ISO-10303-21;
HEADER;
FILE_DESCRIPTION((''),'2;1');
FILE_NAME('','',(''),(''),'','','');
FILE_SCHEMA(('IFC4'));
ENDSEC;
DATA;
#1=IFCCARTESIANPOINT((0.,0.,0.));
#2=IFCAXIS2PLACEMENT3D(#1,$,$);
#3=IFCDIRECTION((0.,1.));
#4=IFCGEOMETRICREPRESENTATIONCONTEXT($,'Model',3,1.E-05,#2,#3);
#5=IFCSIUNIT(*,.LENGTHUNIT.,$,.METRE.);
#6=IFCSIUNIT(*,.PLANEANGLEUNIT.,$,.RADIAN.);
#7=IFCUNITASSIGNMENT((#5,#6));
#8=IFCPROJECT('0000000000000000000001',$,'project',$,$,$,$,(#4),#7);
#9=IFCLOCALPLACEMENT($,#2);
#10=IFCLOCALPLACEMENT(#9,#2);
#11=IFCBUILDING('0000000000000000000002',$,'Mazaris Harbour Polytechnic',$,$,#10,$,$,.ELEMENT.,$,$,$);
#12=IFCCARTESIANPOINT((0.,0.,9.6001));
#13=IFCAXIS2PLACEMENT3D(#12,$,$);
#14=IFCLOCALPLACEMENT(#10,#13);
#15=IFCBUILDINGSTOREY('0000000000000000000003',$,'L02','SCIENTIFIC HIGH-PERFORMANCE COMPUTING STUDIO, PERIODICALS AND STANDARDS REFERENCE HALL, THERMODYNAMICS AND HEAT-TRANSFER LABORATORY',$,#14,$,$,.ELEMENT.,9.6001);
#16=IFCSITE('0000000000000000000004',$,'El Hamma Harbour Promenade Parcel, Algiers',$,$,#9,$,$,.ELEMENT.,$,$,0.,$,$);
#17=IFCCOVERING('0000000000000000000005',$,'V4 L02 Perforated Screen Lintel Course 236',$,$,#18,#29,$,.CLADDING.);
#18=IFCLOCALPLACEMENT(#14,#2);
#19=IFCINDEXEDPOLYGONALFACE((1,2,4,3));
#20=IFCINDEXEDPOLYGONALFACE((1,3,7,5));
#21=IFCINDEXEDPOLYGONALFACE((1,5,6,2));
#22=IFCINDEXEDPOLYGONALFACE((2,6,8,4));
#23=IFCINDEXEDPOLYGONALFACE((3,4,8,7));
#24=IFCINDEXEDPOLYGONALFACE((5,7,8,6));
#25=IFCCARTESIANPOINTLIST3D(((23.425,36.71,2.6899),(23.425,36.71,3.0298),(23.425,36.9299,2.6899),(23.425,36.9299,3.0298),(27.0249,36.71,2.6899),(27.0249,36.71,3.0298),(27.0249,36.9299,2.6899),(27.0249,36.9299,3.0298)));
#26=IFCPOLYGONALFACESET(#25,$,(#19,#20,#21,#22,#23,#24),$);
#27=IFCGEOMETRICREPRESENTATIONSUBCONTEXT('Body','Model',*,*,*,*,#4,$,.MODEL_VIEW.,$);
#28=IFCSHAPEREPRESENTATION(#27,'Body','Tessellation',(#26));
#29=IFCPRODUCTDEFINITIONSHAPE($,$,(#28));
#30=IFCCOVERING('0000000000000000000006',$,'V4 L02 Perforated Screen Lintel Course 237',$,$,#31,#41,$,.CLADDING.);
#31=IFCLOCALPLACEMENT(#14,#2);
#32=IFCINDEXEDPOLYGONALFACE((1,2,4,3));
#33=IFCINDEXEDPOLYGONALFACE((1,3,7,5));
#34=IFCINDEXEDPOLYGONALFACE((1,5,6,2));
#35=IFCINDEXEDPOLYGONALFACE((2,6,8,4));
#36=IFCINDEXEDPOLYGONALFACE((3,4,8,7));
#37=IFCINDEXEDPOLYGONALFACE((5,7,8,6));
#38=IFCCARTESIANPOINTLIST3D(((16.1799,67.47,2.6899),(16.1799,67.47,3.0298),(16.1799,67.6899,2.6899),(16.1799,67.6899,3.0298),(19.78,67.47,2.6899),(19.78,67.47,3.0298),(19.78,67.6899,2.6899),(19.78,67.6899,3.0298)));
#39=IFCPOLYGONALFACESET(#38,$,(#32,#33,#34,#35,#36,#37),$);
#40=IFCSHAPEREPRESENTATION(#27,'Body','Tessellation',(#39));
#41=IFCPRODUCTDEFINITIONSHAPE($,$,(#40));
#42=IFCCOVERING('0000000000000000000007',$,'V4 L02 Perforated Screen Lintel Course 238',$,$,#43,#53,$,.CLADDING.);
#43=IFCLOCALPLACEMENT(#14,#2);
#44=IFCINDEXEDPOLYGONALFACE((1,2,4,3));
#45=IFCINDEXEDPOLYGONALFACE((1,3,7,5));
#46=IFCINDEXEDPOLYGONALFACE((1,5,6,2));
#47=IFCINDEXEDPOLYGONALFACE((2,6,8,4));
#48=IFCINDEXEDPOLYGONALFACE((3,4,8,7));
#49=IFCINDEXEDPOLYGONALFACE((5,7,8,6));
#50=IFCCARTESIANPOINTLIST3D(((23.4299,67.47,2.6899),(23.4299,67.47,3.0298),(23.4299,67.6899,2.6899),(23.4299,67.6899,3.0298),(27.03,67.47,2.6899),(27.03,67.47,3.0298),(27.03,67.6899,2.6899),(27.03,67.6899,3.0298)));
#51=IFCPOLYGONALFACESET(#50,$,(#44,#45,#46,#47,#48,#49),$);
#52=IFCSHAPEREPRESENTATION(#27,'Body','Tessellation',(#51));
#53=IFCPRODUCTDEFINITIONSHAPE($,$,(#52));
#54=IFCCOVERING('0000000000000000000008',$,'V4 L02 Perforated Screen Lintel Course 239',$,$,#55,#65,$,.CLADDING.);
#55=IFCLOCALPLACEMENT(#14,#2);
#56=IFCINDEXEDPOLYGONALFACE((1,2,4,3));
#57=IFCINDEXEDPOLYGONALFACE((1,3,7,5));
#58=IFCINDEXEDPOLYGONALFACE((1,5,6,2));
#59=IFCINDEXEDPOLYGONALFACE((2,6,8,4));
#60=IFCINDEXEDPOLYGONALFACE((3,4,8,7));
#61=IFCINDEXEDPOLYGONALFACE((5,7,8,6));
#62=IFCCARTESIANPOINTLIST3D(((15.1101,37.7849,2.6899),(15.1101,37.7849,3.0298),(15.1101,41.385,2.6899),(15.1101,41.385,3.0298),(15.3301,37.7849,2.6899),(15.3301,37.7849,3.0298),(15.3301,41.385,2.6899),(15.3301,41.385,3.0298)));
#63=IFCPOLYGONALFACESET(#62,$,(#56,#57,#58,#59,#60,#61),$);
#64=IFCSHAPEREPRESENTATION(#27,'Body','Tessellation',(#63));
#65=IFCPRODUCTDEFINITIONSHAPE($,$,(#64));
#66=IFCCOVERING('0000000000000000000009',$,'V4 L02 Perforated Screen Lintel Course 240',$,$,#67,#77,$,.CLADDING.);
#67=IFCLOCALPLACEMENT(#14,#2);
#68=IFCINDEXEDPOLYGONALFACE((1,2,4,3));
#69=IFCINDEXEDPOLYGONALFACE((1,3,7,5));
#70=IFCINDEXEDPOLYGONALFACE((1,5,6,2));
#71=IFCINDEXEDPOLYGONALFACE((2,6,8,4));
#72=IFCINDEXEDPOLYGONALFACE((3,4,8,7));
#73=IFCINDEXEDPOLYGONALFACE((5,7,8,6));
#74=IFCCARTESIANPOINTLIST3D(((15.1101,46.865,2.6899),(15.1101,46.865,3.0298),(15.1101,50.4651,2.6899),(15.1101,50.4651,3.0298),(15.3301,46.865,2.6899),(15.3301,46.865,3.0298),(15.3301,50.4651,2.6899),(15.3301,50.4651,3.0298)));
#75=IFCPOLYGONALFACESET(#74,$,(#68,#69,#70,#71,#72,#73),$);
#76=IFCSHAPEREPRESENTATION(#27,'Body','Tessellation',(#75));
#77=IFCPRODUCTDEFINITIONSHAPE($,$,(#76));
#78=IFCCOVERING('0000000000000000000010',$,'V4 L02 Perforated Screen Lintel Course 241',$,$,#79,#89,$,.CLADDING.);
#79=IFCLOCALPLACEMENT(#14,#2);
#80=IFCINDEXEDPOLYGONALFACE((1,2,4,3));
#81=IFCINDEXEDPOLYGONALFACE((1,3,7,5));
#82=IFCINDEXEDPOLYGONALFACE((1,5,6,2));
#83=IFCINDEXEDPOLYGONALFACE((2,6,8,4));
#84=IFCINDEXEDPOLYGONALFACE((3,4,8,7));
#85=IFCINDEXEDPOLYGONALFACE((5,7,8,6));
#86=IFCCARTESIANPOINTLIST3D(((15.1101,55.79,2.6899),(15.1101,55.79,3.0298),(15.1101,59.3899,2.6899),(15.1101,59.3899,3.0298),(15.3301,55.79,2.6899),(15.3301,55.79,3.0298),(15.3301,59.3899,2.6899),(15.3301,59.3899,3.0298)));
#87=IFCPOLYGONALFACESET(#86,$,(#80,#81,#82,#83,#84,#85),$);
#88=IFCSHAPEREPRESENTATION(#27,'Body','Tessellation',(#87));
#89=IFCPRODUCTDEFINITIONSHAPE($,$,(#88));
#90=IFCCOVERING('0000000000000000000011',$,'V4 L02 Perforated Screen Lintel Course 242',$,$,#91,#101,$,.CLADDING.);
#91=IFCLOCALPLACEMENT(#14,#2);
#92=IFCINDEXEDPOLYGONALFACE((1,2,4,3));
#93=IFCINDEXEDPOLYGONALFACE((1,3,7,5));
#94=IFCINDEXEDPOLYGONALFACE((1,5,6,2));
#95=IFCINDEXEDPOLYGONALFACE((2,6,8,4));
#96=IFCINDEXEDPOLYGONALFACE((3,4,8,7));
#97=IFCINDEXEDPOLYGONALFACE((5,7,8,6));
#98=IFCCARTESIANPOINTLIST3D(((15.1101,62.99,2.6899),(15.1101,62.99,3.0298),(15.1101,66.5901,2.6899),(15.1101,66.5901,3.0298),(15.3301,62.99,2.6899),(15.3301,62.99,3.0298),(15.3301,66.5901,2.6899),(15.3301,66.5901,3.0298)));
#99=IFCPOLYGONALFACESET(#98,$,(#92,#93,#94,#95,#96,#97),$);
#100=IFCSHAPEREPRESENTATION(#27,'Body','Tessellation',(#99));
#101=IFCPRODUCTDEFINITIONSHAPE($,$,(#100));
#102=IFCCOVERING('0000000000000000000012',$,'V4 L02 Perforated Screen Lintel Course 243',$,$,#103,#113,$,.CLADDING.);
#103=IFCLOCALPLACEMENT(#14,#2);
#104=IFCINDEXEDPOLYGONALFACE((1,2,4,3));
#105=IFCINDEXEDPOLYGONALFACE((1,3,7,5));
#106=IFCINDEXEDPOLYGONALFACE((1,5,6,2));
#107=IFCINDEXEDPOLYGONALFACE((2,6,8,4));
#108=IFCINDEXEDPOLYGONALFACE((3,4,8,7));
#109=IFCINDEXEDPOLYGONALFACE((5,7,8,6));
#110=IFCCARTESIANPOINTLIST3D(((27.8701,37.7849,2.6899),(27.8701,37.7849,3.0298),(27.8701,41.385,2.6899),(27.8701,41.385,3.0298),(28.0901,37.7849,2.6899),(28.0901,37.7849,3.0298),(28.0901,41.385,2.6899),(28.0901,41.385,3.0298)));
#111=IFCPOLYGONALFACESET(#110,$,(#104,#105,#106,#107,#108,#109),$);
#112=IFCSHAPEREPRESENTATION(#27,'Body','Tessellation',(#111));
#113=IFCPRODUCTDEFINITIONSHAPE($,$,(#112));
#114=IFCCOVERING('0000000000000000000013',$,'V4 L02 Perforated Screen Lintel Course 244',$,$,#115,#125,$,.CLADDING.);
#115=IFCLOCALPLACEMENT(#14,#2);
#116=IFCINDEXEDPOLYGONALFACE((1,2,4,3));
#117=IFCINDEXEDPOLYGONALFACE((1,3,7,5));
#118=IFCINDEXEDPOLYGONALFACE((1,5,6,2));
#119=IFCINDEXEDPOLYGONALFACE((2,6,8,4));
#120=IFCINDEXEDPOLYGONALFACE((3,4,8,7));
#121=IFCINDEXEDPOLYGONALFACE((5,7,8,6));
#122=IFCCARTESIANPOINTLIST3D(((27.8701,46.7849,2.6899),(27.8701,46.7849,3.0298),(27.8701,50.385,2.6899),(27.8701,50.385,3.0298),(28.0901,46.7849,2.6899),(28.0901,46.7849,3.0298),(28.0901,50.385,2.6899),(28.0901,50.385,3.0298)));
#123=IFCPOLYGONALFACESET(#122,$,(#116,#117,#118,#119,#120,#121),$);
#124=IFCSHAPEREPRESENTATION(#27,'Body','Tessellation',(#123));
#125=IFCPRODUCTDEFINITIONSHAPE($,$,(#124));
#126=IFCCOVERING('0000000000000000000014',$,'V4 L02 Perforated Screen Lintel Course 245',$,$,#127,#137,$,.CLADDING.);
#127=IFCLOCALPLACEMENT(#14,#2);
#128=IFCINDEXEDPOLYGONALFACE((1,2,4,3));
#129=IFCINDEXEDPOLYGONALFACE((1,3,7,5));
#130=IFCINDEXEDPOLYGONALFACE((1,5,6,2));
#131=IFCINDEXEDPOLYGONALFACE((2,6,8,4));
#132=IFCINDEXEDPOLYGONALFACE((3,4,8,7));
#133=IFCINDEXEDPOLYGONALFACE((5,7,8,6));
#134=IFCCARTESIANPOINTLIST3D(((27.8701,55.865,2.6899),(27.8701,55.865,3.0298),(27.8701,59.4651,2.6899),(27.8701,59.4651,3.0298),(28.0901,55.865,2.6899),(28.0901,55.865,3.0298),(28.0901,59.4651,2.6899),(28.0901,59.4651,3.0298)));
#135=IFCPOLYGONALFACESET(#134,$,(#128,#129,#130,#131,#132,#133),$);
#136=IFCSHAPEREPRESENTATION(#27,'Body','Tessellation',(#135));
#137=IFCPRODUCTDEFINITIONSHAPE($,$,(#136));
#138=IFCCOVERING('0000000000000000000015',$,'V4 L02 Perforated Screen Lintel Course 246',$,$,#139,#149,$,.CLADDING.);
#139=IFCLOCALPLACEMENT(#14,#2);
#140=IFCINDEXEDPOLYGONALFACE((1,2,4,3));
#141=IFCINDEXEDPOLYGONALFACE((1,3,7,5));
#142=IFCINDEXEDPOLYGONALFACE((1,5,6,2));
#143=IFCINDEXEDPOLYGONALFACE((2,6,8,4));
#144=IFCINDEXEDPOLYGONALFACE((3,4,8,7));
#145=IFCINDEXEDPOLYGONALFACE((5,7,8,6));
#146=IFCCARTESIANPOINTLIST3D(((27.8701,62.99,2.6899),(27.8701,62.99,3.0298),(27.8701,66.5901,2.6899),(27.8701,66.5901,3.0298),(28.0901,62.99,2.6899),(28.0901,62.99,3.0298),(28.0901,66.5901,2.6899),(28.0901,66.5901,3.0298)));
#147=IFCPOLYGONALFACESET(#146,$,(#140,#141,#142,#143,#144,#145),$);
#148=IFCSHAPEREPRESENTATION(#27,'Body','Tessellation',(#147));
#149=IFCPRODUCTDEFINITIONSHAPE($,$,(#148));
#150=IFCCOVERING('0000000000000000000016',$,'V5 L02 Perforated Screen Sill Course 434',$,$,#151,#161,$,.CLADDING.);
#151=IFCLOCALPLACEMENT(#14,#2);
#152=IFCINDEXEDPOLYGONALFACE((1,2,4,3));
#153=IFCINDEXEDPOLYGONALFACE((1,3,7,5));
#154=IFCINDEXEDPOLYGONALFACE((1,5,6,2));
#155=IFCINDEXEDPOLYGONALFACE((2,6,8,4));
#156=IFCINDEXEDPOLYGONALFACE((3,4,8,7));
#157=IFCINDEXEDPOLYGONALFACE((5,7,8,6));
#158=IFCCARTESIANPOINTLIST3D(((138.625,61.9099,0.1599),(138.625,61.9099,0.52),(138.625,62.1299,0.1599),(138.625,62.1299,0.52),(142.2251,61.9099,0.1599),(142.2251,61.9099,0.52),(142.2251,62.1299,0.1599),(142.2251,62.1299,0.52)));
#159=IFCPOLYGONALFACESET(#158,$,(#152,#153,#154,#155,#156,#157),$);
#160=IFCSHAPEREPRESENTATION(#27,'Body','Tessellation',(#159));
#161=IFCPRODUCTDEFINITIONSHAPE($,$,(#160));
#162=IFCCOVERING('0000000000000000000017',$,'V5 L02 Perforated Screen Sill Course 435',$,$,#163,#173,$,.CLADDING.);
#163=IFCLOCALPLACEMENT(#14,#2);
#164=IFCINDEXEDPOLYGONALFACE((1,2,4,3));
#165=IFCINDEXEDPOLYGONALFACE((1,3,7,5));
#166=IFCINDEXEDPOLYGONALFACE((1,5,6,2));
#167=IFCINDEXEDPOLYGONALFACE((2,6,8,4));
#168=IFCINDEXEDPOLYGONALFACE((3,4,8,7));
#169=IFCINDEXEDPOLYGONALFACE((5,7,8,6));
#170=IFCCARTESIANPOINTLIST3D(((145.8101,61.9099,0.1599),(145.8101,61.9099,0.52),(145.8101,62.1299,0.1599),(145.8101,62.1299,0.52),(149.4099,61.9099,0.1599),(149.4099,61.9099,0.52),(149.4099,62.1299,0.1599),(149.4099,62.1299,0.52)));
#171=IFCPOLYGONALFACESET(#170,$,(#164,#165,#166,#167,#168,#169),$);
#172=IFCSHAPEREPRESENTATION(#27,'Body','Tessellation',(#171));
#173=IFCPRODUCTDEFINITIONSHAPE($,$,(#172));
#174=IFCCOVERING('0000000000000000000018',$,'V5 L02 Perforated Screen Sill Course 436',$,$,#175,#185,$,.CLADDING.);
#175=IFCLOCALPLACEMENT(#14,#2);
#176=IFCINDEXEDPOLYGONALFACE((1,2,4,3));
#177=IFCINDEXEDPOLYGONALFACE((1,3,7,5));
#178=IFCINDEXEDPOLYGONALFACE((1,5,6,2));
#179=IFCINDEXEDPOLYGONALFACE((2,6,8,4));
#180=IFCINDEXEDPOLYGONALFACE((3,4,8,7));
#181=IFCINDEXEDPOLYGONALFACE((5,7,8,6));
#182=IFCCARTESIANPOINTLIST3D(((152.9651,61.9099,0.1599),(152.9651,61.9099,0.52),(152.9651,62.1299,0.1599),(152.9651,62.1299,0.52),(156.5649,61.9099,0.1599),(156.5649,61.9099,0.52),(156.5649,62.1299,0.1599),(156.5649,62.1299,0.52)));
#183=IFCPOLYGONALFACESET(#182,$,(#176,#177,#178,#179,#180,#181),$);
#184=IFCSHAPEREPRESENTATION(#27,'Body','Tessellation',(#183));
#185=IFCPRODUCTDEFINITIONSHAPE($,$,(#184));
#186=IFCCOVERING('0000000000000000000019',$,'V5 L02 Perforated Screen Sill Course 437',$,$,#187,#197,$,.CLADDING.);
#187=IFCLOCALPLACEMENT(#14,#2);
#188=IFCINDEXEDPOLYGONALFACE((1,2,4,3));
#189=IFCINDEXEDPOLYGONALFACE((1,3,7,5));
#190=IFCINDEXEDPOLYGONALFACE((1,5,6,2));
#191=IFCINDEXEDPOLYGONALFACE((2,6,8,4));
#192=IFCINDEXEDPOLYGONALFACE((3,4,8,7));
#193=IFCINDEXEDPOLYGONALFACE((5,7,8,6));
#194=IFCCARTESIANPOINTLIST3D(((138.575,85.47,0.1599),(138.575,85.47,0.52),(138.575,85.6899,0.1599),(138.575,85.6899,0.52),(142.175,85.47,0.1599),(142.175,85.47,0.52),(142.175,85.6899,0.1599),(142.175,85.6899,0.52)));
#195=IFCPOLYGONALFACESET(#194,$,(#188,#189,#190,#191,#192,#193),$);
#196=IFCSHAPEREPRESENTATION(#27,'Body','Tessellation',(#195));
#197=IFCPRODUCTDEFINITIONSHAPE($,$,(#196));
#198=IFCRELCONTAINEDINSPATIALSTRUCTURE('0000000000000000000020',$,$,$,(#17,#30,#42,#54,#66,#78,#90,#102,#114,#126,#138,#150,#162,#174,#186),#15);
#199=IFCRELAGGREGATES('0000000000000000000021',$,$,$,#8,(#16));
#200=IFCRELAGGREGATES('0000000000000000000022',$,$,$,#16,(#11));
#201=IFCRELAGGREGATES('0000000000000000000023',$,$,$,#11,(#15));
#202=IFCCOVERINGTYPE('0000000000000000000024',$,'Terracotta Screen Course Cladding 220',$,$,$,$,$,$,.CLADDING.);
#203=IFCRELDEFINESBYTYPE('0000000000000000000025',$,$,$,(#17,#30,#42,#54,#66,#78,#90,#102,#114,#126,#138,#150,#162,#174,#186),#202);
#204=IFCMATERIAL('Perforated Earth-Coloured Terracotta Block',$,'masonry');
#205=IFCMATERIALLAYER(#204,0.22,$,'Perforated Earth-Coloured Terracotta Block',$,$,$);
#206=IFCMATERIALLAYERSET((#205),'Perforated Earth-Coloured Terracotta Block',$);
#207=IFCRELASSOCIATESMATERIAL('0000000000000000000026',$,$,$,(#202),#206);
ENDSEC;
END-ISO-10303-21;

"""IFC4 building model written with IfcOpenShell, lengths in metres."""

from ifc_helpers import new_model, si_unit, direction, frame, origin, place, context, subcontext, project, spatial, polyline, outline, extrude, material, layer, layer_set, type_object, element, save


model = new_model("IFC4")

# Units and contexts
model_context = context("Model", 3, precision=1e-05, world=origin(), true_north=direction((0.0, 1.0)))
body_context = subcontext(model_context, "Body", "Model", "MODEL_VIEW")
ifc_project = project(units=[si_unit("LENGTHUNIT", "METRE"), si_unit("PLANEANGLEUNIT", "RADIAN")], contexts=[model_context])

# Site, building, storey
site_placement = place(None, origin())
site = spatial("IfcSite", under=ifc_project, at=site_placement, Name="El Hamma Harbour Promenade Parcel, Algiers", CompositionType="ELEMENT", RefElevation=0.0)
building_placement = place(site_placement, origin())
building = spatial("IfcBuilding", under=site, at=building_placement, Name="Mazaris Harbour Polytechnic", CompositionType="ELEMENT")
storey_placement = place(building_placement, frame((0.0, 0.0, 9.6001)))
storey = spatial("IfcBuildingStorey", under=building, at=storey_placement, Name="L02", Description="SCIENTIFIC HIGH-PERFORMANCE COMPUTING STUDIO, PERIODICALS AND STANDARDS REFERENCE HALL, THERMODYNAMICS AND HEAT-TRANSFER LABORATORY", CompositionType="ELEMENT", Elevation=9.6001)

# Coverings
ifc_material_1 = material(Name="Perforated Earth-Coloured Terracotta Block", Category="masonry")
ifc_layer_1 = layer(ifc_material_1, 0.22, Name="Perforated Earth-Coloured Terracotta Block")
ifc_layer_set_1 = layer_set([ifc_layer_1], Name="Perforated Earth-Coloured Terracotta Block")
covering_type = type_object("IfcCoveringType", Name="Terracotta Screen Course Cladding 220", PredefinedType="CLADDING", material=ifc_layer_set_1)
covering_1_placement = place(storey_placement, frame((0.0, 0.0, 2.6899)))
element("IfcCovering", 1, at=covering_1_placement, inside=storey, type_object=covering_type, Name="V4 L02 Perforated Screen Lintel Course 236", PredefinedType="CLADDING", context=body_context, shape_type="SweptSolid", body=[
    extrude(outline(polyline([(23.425, 36.71), (27.0249, 36.71), (27.0249, 36.9299), (23.425, 36.9299), (23.425, 36.71)])), origin(), (0.0, 0.0, 1.0), 0.3398),
])
covering_2_placement = place(storey_placement, frame((0.0, 0.0, 2.6899)))
element("IfcCovering", 2, at=covering_2_placement, inside=storey, type_object=covering_type, Name="V4 L02 Perforated Screen Lintel Course 237", PredefinedType="CLADDING", context=body_context, shape_type="SweptSolid", body=[
    extrude(outline(polyline([(19.78, 67.6899), (16.1799, 67.6899), (16.1799, 67.47), (19.78, 67.47), (19.78, 67.6899)])), origin(), (0.0, 0.0, 1.0), 0.3398),
])
covering_3_placement = place(storey_placement, frame((0.0, 0.0, 2.6899)))
element("IfcCovering", 3, at=covering_3_placement, inside=storey, type_object=covering_type, Name="V4 L02 Perforated Screen Lintel Course 238", PredefinedType="CLADDING", context=body_context, shape_type="SweptSolid", body=[
    extrude(outline(polyline([(27.03, 67.6899), (23.4299, 67.6899), (23.4299, 67.47), (27.03, 67.47), (27.03, 67.6899)])), origin(), (0.0, 0.0, 1.0), 0.3398),
])
covering_4_placement = place(storey_placement, frame((0.0, 0.0, 2.6899)))
element("IfcCovering", 4, at=covering_4_placement, inside=storey, type_object=covering_type, Name="V4 L02 Perforated Screen Lintel Course 239", PredefinedType="CLADDING", context=body_context, shape_type="SweptSolid", body=[
    extrude(outline(polyline([(15.1101, 37.7849), (15.1101, 41.385), (15.3301, 41.385), (15.3301, 37.7849), (15.1101, 37.7849)])), origin(), (0.0, 0.0, 1.0), 0.3398),
])
covering_5_placement = place(storey_placement, frame((0.0, 0.0, 2.6899)))
element("IfcCovering", 5, at=covering_5_placement, inside=storey, type_object=covering_type, Name="V4 L02 Perforated Screen Lintel Course 240", PredefinedType="CLADDING", context=body_context, shape_type="SweptSolid", body=[
    extrude(outline(polyline([(15.1101, 46.865), (15.1101, 50.4651), (15.3301, 50.4651), (15.3301, 46.865), (15.1101, 46.865)])), origin(), (0.0, 0.0, 1.0), 0.3398),
])
covering_6_placement = place(storey_placement, frame((0.0, 0.0, 2.6899)))
element("IfcCovering", 6, at=covering_6_placement, inside=storey, type_object=covering_type, Name="V4 L02 Perforated Screen Lintel Course 241", PredefinedType="CLADDING", context=body_context, shape_type="SweptSolid", body=[
    extrude(outline(polyline([(15.1101, 55.79), (15.1101, 59.3899), (15.3301, 59.3899), (15.3301, 55.79), (15.1101, 55.79)])), origin(), (0.0, 0.0, 1.0), 0.3398),
])
covering_7_placement = place(storey_placement, frame((0.0, 0.0, 2.6899)))
element("IfcCovering", 7, at=covering_7_placement, inside=storey, type_object=covering_type, Name="V4 L02 Perforated Screen Lintel Course 242", PredefinedType="CLADDING", context=body_context, shape_type="SweptSolid", body=[
    extrude(outline(polyline([(15.1101, 62.99), (15.1101, 66.5901), (15.3301, 66.5901), (15.3301, 62.99), (15.1101, 62.99)])), origin(), (0.0, 0.0, 1.0), 0.3398),
])
covering_8_placement = place(storey_placement, frame((0.0, 0.0, 2.6899)))
element("IfcCovering", 8, at=covering_8_placement, inside=storey, type_object=covering_type, Name="V4 L02 Perforated Screen Lintel Course 243", PredefinedType="CLADDING", context=body_context, shape_type="SweptSolid", body=[
    extrude(outline(polyline([(28.0901, 41.385), (28.0901, 37.7849), (27.8701, 37.7849), (27.8701, 41.385), (28.0901, 41.385)])), origin(), (0.0, 0.0, 1.0), 0.3398),
])
covering_9_placement = place(storey_placement, frame((0.0, 0.0, 2.6899)))
element("IfcCovering", 9, at=covering_9_placement, inside=storey, type_object=covering_type, Name="V4 L02 Perforated Screen Lintel Course 244", PredefinedType="CLADDING", context=body_context, shape_type="SweptSolid", body=[
    extrude(outline(polyline([(28.0901, 50.385), (28.0901, 46.7849), (27.8701, 46.7849), (27.8701, 50.385), (28.0901, 50.385)])), origin(), (0.0, 0.0, 1.0), 0.3398),
])
covering_10_placement = place(storey_placement, frame((0.0, 0.0, 2.6899)))
element("IfcCovering", 10, at=covering_10_placement, inside=storey, type_object=covering_type, Name="V4 L02 Perforated Screen Lintel Course 245", PredefinedType="CLADDING", context=body_context, shape_type="SweptSolid", body=[
    extrude(outline(polyline([(28.0901, 59.4651), (28.0901, 55.865), (27.8701, 55.865), (27.8701, 59.4651), (28.0901, 59.4651)])), origin(), (0.0, 0.0, 1.0), 0.3398),
])
covering_11_placement = place(storey_placement, frame((0.0, 0.0, 2.6899)))
element("IfcCovering", 11, at=covering_11_placement, inside=storey, type_object=covering_type, Name="V4 L02 Perforated Screen Lintel Course 246", PredefinedType="CLADDING", context=body_context, shape_type="SweptSolid", body=[
    extrude(outline(polyline([(28.0901, 66.5901), (28.0901, 62.99), (27.8701, 62.99), (27.8701, 66.5901), (28.0901, 66.5901)])), origin(), (0.0, 0.0, 1.0), 0.3398),
])
covering_12_placement = place(storey_placement, frame((0.0, 0.0, 0.1599)))
element("IfcCovering", 12, at=covering_12_placement, inside=storey, type_object=covering_type, Name="V5 L02 Perforated Screen Sill Course 434", PredefinedType="CLADDING", context=body_context, shape_type="SweptSolid", body=[
    extrude(outline(polyline([(138.625, 61.9099), (142.2251, 61.9099), (142.2251, 62.1299), (138.625, 62.1299), (138.625, 61.9099)])), origin(), (0.0, 0.0, 1.0), 0.3601),
])
covering_13_placement = place(storey_placement, frame((0.0, 0.0, 0.1599)))
element("IfcCovering", 13, at=covering_13_placement, inside=storey, type_object=covering_type, Name="V5 L02 Perforated Screen Sill Course 435", PredefinedType="CLADDING", context=body_context, shape_type="SweptSolid", body=[
    extrude(outline(polyline([(145.8101, 61.9099), (149.4099, 61.9099), (149.4099, 62.1299), (145.8101, 62.1299), (145.8101, 61.9099)])), origin(), (0.0, 0.0, 1.0), 0.3601),
])
covering_14_placement = place(storey_placement, frame((0.0, 0.0, 0.1599)))
element("IfcCovering", 14, at=covering_14_placement, inside=storey, type_object=covering_type, Name="V5 L02 Perforated Screen Sill Course 436", PredefinedType="CLADDING", context=body_context, shape_type="SweptSolid", body=[
    extrude(outline(polyline([(152.9651, 61.9099), (156.5649, 61.9099), (156.5649, 62.1299), (152.9651, 62.1299), (152.9651, 61.9099)])), origin(), (0.0, 0.0, 1.0), 0.3601),
])
covering_15_placement = place(storey_placement, frame((0.0, 0.0, 0.1599)))
element("IfcCovering", 15, at=covering_15_placement, inside=storey, type_object=covering_type, Name="V5 L02 Perforated Screen Sill Course 437", PredefinedType="CLADDING", context=body_context, shape_type="SweptSolid", body=[
    extrude(outline(polyline([(142.175, 85.6899), (138.575, 85.6899), (138.575, 85.47), (142.175, 85.47), (142.175, 85.6899)])), origin(), (0.0, 0.0, 1.0), 0.3601),
])

save(model, "model.ifc")
